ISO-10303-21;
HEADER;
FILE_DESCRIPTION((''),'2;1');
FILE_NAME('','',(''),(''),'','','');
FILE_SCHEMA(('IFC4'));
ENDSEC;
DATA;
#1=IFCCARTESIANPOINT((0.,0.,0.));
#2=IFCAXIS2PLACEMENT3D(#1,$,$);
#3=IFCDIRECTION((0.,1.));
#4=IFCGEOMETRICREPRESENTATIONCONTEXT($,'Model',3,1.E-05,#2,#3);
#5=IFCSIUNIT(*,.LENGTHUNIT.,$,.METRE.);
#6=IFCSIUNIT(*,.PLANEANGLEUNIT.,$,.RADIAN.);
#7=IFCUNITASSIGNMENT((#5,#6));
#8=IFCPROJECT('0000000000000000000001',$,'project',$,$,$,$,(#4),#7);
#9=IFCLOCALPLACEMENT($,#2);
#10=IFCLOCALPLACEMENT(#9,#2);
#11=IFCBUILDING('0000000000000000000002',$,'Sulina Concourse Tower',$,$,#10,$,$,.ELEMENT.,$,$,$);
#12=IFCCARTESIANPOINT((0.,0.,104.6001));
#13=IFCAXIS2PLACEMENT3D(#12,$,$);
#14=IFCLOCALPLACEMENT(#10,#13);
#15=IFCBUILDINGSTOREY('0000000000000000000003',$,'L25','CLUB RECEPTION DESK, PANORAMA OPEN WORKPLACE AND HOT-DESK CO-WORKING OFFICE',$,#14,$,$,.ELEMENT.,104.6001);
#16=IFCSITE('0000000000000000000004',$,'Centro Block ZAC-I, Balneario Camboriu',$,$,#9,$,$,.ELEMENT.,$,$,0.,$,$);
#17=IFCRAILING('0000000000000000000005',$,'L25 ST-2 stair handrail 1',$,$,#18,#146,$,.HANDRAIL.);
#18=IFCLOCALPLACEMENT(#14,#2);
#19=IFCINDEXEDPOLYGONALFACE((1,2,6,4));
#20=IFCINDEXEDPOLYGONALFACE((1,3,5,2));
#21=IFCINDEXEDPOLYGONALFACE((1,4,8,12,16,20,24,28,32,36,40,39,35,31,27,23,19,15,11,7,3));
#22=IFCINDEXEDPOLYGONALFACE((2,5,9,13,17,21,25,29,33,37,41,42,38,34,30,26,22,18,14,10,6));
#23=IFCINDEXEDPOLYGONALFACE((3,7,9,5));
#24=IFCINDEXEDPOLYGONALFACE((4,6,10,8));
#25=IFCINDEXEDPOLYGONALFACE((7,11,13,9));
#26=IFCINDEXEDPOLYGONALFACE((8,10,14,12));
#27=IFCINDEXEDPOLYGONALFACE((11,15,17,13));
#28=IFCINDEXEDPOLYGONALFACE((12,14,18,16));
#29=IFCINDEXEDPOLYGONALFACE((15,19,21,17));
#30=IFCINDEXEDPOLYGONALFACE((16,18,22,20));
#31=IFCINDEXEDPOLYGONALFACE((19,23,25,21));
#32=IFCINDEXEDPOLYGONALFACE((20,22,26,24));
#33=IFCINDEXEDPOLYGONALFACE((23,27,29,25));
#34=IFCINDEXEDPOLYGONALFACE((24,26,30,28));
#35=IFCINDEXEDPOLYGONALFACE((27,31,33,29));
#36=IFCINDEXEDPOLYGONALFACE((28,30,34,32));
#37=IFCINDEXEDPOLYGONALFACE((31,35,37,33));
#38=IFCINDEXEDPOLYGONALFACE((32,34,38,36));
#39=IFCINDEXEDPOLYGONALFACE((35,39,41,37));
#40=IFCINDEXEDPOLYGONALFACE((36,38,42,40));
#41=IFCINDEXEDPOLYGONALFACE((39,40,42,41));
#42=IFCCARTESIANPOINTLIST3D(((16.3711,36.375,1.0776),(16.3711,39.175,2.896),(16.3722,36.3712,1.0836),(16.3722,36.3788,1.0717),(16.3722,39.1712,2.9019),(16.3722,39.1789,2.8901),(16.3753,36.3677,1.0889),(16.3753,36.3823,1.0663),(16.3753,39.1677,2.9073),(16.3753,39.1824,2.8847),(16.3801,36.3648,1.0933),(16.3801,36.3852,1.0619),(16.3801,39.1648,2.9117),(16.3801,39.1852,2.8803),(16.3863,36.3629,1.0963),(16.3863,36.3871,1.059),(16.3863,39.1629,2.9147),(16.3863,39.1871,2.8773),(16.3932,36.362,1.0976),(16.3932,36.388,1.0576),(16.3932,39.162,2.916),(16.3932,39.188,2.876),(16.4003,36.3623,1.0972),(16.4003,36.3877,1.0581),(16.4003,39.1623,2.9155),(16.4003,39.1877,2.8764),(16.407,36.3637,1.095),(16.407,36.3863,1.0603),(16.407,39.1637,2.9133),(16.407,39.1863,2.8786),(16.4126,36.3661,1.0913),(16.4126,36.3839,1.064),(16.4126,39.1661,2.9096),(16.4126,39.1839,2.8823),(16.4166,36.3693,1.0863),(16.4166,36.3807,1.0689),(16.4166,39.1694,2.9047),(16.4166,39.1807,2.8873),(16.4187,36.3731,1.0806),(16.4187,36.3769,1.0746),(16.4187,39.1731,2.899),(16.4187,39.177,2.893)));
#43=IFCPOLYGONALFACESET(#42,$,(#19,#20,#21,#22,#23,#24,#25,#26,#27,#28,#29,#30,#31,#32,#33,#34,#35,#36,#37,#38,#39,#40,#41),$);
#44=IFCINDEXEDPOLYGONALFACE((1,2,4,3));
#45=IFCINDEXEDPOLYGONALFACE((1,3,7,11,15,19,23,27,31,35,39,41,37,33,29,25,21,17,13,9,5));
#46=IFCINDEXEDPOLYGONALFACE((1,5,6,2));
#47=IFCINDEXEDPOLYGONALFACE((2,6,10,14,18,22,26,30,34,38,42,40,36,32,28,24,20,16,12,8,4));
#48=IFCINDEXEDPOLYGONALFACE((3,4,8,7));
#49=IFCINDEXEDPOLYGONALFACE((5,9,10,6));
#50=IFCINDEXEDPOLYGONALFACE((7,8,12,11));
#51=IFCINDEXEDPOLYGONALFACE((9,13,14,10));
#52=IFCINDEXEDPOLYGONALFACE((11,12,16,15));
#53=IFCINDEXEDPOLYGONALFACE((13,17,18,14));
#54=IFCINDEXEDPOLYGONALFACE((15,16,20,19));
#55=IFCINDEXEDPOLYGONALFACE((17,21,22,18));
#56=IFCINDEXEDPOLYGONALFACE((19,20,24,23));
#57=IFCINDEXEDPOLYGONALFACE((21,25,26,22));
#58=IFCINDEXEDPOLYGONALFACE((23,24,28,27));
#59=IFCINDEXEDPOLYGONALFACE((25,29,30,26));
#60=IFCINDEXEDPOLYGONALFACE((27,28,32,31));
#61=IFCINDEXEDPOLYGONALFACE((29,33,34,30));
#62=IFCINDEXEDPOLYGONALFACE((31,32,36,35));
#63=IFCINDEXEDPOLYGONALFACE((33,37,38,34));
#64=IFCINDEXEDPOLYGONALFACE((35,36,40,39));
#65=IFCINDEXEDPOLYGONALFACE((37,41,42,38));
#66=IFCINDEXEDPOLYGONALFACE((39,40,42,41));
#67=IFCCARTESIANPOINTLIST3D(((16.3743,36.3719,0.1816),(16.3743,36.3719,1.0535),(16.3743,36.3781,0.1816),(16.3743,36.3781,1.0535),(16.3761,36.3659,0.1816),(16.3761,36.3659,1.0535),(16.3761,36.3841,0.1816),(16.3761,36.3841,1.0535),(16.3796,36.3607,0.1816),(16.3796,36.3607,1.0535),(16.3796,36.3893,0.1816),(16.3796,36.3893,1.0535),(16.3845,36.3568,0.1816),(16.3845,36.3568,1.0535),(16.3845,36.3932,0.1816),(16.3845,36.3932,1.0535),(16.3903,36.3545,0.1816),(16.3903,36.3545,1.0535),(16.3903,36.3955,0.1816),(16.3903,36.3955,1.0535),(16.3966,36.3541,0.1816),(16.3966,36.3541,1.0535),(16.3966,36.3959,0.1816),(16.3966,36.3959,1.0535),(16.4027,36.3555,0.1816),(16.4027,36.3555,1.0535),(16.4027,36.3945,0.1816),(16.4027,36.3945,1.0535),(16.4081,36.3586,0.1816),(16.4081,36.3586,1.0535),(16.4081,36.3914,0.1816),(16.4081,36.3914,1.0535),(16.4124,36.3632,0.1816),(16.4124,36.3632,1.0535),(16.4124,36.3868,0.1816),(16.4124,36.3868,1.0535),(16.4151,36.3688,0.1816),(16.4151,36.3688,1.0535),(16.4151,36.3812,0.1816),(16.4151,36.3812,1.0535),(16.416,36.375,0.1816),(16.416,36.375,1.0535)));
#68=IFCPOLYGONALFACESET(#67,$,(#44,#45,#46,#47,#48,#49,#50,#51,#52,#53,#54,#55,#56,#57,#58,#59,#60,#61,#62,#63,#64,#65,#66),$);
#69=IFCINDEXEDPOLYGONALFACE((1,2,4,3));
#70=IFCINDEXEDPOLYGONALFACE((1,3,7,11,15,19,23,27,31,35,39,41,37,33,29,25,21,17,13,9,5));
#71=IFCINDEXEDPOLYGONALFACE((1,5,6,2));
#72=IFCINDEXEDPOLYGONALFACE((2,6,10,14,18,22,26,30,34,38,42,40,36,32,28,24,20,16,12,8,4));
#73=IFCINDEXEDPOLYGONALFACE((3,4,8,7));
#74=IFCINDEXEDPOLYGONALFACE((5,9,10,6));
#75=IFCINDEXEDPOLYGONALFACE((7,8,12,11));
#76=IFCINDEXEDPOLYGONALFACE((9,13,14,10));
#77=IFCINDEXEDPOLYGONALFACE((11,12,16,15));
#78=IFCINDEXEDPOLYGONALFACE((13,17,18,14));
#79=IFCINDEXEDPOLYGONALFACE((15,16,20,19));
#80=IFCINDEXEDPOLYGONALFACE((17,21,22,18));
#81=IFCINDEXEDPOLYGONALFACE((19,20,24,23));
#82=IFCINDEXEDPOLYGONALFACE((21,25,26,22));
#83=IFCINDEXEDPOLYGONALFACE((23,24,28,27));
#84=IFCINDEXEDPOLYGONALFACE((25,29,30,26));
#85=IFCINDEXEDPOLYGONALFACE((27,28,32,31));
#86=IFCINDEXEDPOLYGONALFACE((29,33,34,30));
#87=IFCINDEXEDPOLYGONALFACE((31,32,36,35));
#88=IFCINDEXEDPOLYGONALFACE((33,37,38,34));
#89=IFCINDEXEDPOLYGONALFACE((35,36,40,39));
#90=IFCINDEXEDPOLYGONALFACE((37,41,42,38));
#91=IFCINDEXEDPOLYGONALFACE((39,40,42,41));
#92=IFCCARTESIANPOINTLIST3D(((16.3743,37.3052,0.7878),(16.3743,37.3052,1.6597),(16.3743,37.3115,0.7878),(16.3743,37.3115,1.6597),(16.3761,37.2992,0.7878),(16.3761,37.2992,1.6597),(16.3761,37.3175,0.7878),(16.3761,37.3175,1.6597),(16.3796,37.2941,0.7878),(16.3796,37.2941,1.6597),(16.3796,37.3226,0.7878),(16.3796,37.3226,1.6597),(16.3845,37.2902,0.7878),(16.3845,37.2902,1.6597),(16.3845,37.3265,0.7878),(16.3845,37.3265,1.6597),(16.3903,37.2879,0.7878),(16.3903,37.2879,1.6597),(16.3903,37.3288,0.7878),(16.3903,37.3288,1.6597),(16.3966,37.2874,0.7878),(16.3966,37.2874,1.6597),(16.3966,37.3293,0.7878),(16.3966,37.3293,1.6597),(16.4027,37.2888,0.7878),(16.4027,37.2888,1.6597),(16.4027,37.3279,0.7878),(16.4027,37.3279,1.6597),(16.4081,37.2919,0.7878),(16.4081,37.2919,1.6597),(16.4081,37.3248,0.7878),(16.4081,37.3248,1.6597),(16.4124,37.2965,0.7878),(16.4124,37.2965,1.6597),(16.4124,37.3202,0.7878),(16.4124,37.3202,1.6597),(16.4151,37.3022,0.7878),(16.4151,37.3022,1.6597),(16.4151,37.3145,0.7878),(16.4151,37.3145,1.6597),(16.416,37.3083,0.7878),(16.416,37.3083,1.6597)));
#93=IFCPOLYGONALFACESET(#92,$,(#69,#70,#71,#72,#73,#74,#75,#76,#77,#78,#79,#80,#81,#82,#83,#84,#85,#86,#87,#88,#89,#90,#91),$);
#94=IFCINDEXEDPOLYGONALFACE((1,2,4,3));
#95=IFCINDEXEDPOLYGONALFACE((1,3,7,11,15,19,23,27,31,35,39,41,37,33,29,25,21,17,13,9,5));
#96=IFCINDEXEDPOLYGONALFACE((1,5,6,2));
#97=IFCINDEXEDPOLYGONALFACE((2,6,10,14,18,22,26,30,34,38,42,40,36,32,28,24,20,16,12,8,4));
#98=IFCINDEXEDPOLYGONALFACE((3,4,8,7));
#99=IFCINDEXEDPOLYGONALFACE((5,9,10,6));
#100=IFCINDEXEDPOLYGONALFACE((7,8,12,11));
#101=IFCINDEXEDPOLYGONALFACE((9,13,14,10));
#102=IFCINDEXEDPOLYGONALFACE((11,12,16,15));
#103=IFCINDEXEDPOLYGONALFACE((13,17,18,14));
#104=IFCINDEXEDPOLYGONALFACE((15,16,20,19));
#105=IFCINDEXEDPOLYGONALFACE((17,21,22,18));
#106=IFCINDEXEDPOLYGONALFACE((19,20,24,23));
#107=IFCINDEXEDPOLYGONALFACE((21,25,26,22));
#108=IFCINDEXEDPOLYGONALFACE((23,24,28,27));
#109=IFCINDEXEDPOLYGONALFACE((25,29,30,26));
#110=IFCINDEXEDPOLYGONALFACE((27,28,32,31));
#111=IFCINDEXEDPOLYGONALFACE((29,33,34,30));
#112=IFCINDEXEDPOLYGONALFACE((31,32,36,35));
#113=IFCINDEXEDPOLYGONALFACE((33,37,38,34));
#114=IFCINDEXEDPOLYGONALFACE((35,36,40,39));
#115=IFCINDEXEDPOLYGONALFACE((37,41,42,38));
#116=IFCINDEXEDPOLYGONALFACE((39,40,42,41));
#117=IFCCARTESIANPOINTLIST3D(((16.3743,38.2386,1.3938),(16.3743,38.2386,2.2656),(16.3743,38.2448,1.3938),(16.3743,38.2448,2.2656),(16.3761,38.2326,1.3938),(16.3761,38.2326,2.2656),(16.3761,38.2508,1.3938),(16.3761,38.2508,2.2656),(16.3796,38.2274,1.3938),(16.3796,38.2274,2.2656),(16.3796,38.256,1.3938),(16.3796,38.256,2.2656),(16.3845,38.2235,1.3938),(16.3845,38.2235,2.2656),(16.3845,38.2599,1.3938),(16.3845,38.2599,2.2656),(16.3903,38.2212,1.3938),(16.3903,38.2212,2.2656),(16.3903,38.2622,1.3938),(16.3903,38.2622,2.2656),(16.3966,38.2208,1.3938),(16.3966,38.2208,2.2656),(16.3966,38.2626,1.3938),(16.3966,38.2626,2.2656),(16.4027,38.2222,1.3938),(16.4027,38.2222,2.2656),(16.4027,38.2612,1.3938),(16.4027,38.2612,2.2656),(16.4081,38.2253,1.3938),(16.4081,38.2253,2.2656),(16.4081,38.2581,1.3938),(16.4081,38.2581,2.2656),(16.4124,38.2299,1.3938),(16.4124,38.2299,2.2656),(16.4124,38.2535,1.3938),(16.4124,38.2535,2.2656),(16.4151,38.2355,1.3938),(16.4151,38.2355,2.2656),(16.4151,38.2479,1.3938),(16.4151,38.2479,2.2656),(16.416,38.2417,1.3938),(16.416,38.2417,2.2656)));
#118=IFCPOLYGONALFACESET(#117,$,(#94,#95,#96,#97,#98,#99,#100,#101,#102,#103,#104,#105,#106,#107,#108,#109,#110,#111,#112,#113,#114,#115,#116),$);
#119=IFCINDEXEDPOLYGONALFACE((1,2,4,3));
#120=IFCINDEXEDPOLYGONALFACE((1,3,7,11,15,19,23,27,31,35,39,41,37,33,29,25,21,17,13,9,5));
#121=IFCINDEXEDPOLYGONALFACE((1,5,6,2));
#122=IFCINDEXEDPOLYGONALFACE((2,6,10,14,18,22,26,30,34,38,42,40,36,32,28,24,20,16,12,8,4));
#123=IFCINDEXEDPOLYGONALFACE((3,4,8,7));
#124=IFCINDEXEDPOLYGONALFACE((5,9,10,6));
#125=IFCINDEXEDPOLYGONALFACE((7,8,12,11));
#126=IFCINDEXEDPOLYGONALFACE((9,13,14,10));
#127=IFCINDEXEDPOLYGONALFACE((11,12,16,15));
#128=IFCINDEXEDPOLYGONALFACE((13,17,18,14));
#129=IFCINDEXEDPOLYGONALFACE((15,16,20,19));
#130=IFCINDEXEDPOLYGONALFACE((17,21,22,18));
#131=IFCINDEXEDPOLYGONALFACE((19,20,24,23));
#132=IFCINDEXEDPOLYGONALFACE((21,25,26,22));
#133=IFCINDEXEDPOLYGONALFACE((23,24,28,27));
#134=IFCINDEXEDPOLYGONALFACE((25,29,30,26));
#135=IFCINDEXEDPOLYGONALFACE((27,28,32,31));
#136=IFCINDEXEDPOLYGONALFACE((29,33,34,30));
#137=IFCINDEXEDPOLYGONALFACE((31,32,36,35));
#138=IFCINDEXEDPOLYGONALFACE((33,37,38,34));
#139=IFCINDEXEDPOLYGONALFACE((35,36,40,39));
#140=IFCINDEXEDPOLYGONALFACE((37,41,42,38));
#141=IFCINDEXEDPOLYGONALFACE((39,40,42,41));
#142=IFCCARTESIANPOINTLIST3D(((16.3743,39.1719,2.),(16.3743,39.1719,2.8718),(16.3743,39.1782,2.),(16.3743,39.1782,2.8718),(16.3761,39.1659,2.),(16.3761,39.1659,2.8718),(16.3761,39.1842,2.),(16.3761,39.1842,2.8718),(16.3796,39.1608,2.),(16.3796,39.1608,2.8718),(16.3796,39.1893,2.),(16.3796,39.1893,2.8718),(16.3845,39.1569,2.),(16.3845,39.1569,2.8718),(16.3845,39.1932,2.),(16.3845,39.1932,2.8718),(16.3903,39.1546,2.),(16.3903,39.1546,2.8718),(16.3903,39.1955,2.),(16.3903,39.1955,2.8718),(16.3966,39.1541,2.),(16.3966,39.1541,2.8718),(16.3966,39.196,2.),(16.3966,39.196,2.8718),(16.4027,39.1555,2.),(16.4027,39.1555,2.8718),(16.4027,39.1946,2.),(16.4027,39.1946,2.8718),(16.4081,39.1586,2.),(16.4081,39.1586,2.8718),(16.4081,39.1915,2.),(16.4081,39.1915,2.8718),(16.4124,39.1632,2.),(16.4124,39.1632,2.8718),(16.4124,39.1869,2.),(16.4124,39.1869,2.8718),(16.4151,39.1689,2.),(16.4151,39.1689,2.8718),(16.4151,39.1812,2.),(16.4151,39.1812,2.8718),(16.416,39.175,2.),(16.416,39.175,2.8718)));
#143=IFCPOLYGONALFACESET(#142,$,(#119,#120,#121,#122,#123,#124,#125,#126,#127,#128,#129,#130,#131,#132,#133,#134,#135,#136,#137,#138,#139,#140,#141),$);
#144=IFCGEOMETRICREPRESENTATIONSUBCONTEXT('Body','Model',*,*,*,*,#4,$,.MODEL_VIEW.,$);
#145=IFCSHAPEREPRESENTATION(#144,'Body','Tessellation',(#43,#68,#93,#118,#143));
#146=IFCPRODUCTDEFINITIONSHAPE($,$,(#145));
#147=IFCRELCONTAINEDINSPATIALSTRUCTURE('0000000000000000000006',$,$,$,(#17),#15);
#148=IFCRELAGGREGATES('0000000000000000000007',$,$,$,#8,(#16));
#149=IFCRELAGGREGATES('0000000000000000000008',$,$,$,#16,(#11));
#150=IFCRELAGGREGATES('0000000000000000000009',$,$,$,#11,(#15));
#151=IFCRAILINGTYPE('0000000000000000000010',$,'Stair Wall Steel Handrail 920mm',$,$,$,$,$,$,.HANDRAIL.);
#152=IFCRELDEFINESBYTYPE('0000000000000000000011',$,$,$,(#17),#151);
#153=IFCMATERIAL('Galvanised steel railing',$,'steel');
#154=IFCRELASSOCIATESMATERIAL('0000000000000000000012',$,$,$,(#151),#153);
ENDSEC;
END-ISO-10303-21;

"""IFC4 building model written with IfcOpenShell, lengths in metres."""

from ifc_helpers import new_model, si_unit, direction, frame, origin, origin_2d, place, context, subcontext, project, spatial, circle, extrude, material, type_object, element, save


model = new_model("IFC4")

# Units and contexts
model_context = context("Model", 3, precision=1e-05, world=origin(), true_north=direction((0.0, 1.0)))
body_context = subcontext(model_context, "Body", "Model", "MODEL_VIEW")
ifc_project = project(units=[si_unit("LENGTHUNIT", "METRE"), si_unit("PLANEANGLEUNIT", "RADIAN")], contexts=[model_context])

# Site, building, storey
site_placement = place(None, origin())
site = spatial("IfcSite", under=ifc_project, at=site_placement, Name="Centro Block ZAC-I, Balneario Camboriu", CompositionType="ELEMENT", RefElevation=0.0)
building_placement = place(site_placement, origin())
building = spatial("IfcBuilding", under=site, at=building_placement, Name="Sulina Concourse Tower", CompositionType="ELEMENT")
storey_placement = place(building_placement, frame((0.0, 0.0, 104.6001)))
storey = spatial("IfcBuildingStorey", under=building, at=storey_placement, Name="L25", Description="CLUB RECEPTION DESK, PANORAMA OPEN WORKPLACE AND HOT-DESK CO-WORKING OFFICE", CompositionType="ELEMENT", Elevation=104.6001)

# Railing
ifc_material_1 = material(Name="Galvanised steel railing", Category="steel")
railing_type_1 = type_object("IfcRailingType", Name="Stair Wall Steel Handrail 920mm", PredefinedType="HANDRAIL", material=ifc_material_1)
railing_1_placement = place(storey_placement, frame((16.395, 36.375, 0.1816)))
element("IfcRailing", 1, at=railing_1_placement, inside=storey, type_object=railing_type_1, Name="L25 ST-2 stair handrail 1", PredefinedType="HANDRAIL", context=body_context, shape_type="SweptSolid", body=[
    extrude(circle(Radius=0.0239, at=origin_2d()), frame((0.0, 0.0, 0.896), z_axis=(0.0, 0.838672, 0.544636), x_axis=(-1.0, 0.0, 0.0)), (0.0, 0.0, 1.0), 3.3386),
    extrude(circle(Radius=0.021, at=origin_2d()), origin(), (0.0, 0.0, 1.0), 0.8718),
    extrude(circle(Radius=0.021, at=origin_2d()), frame((0.0, 0.9333, 0.6062)), (0.0, 0.0, 1.0), 0.8718),
    extrude(circle(Radius=0.021, at=origin_2d()), frame((0.0, 1.8667, 1.2122)), (0.0, 0.0, 1.0), 0.8718),
    extrude(circle(Radius=0.021, at=origin_2d()), frame((0.0, 2.8, 1.8184)), (0.0, 0.0, 1.0), 0.8718),
])

save(model, "model.ifc")
